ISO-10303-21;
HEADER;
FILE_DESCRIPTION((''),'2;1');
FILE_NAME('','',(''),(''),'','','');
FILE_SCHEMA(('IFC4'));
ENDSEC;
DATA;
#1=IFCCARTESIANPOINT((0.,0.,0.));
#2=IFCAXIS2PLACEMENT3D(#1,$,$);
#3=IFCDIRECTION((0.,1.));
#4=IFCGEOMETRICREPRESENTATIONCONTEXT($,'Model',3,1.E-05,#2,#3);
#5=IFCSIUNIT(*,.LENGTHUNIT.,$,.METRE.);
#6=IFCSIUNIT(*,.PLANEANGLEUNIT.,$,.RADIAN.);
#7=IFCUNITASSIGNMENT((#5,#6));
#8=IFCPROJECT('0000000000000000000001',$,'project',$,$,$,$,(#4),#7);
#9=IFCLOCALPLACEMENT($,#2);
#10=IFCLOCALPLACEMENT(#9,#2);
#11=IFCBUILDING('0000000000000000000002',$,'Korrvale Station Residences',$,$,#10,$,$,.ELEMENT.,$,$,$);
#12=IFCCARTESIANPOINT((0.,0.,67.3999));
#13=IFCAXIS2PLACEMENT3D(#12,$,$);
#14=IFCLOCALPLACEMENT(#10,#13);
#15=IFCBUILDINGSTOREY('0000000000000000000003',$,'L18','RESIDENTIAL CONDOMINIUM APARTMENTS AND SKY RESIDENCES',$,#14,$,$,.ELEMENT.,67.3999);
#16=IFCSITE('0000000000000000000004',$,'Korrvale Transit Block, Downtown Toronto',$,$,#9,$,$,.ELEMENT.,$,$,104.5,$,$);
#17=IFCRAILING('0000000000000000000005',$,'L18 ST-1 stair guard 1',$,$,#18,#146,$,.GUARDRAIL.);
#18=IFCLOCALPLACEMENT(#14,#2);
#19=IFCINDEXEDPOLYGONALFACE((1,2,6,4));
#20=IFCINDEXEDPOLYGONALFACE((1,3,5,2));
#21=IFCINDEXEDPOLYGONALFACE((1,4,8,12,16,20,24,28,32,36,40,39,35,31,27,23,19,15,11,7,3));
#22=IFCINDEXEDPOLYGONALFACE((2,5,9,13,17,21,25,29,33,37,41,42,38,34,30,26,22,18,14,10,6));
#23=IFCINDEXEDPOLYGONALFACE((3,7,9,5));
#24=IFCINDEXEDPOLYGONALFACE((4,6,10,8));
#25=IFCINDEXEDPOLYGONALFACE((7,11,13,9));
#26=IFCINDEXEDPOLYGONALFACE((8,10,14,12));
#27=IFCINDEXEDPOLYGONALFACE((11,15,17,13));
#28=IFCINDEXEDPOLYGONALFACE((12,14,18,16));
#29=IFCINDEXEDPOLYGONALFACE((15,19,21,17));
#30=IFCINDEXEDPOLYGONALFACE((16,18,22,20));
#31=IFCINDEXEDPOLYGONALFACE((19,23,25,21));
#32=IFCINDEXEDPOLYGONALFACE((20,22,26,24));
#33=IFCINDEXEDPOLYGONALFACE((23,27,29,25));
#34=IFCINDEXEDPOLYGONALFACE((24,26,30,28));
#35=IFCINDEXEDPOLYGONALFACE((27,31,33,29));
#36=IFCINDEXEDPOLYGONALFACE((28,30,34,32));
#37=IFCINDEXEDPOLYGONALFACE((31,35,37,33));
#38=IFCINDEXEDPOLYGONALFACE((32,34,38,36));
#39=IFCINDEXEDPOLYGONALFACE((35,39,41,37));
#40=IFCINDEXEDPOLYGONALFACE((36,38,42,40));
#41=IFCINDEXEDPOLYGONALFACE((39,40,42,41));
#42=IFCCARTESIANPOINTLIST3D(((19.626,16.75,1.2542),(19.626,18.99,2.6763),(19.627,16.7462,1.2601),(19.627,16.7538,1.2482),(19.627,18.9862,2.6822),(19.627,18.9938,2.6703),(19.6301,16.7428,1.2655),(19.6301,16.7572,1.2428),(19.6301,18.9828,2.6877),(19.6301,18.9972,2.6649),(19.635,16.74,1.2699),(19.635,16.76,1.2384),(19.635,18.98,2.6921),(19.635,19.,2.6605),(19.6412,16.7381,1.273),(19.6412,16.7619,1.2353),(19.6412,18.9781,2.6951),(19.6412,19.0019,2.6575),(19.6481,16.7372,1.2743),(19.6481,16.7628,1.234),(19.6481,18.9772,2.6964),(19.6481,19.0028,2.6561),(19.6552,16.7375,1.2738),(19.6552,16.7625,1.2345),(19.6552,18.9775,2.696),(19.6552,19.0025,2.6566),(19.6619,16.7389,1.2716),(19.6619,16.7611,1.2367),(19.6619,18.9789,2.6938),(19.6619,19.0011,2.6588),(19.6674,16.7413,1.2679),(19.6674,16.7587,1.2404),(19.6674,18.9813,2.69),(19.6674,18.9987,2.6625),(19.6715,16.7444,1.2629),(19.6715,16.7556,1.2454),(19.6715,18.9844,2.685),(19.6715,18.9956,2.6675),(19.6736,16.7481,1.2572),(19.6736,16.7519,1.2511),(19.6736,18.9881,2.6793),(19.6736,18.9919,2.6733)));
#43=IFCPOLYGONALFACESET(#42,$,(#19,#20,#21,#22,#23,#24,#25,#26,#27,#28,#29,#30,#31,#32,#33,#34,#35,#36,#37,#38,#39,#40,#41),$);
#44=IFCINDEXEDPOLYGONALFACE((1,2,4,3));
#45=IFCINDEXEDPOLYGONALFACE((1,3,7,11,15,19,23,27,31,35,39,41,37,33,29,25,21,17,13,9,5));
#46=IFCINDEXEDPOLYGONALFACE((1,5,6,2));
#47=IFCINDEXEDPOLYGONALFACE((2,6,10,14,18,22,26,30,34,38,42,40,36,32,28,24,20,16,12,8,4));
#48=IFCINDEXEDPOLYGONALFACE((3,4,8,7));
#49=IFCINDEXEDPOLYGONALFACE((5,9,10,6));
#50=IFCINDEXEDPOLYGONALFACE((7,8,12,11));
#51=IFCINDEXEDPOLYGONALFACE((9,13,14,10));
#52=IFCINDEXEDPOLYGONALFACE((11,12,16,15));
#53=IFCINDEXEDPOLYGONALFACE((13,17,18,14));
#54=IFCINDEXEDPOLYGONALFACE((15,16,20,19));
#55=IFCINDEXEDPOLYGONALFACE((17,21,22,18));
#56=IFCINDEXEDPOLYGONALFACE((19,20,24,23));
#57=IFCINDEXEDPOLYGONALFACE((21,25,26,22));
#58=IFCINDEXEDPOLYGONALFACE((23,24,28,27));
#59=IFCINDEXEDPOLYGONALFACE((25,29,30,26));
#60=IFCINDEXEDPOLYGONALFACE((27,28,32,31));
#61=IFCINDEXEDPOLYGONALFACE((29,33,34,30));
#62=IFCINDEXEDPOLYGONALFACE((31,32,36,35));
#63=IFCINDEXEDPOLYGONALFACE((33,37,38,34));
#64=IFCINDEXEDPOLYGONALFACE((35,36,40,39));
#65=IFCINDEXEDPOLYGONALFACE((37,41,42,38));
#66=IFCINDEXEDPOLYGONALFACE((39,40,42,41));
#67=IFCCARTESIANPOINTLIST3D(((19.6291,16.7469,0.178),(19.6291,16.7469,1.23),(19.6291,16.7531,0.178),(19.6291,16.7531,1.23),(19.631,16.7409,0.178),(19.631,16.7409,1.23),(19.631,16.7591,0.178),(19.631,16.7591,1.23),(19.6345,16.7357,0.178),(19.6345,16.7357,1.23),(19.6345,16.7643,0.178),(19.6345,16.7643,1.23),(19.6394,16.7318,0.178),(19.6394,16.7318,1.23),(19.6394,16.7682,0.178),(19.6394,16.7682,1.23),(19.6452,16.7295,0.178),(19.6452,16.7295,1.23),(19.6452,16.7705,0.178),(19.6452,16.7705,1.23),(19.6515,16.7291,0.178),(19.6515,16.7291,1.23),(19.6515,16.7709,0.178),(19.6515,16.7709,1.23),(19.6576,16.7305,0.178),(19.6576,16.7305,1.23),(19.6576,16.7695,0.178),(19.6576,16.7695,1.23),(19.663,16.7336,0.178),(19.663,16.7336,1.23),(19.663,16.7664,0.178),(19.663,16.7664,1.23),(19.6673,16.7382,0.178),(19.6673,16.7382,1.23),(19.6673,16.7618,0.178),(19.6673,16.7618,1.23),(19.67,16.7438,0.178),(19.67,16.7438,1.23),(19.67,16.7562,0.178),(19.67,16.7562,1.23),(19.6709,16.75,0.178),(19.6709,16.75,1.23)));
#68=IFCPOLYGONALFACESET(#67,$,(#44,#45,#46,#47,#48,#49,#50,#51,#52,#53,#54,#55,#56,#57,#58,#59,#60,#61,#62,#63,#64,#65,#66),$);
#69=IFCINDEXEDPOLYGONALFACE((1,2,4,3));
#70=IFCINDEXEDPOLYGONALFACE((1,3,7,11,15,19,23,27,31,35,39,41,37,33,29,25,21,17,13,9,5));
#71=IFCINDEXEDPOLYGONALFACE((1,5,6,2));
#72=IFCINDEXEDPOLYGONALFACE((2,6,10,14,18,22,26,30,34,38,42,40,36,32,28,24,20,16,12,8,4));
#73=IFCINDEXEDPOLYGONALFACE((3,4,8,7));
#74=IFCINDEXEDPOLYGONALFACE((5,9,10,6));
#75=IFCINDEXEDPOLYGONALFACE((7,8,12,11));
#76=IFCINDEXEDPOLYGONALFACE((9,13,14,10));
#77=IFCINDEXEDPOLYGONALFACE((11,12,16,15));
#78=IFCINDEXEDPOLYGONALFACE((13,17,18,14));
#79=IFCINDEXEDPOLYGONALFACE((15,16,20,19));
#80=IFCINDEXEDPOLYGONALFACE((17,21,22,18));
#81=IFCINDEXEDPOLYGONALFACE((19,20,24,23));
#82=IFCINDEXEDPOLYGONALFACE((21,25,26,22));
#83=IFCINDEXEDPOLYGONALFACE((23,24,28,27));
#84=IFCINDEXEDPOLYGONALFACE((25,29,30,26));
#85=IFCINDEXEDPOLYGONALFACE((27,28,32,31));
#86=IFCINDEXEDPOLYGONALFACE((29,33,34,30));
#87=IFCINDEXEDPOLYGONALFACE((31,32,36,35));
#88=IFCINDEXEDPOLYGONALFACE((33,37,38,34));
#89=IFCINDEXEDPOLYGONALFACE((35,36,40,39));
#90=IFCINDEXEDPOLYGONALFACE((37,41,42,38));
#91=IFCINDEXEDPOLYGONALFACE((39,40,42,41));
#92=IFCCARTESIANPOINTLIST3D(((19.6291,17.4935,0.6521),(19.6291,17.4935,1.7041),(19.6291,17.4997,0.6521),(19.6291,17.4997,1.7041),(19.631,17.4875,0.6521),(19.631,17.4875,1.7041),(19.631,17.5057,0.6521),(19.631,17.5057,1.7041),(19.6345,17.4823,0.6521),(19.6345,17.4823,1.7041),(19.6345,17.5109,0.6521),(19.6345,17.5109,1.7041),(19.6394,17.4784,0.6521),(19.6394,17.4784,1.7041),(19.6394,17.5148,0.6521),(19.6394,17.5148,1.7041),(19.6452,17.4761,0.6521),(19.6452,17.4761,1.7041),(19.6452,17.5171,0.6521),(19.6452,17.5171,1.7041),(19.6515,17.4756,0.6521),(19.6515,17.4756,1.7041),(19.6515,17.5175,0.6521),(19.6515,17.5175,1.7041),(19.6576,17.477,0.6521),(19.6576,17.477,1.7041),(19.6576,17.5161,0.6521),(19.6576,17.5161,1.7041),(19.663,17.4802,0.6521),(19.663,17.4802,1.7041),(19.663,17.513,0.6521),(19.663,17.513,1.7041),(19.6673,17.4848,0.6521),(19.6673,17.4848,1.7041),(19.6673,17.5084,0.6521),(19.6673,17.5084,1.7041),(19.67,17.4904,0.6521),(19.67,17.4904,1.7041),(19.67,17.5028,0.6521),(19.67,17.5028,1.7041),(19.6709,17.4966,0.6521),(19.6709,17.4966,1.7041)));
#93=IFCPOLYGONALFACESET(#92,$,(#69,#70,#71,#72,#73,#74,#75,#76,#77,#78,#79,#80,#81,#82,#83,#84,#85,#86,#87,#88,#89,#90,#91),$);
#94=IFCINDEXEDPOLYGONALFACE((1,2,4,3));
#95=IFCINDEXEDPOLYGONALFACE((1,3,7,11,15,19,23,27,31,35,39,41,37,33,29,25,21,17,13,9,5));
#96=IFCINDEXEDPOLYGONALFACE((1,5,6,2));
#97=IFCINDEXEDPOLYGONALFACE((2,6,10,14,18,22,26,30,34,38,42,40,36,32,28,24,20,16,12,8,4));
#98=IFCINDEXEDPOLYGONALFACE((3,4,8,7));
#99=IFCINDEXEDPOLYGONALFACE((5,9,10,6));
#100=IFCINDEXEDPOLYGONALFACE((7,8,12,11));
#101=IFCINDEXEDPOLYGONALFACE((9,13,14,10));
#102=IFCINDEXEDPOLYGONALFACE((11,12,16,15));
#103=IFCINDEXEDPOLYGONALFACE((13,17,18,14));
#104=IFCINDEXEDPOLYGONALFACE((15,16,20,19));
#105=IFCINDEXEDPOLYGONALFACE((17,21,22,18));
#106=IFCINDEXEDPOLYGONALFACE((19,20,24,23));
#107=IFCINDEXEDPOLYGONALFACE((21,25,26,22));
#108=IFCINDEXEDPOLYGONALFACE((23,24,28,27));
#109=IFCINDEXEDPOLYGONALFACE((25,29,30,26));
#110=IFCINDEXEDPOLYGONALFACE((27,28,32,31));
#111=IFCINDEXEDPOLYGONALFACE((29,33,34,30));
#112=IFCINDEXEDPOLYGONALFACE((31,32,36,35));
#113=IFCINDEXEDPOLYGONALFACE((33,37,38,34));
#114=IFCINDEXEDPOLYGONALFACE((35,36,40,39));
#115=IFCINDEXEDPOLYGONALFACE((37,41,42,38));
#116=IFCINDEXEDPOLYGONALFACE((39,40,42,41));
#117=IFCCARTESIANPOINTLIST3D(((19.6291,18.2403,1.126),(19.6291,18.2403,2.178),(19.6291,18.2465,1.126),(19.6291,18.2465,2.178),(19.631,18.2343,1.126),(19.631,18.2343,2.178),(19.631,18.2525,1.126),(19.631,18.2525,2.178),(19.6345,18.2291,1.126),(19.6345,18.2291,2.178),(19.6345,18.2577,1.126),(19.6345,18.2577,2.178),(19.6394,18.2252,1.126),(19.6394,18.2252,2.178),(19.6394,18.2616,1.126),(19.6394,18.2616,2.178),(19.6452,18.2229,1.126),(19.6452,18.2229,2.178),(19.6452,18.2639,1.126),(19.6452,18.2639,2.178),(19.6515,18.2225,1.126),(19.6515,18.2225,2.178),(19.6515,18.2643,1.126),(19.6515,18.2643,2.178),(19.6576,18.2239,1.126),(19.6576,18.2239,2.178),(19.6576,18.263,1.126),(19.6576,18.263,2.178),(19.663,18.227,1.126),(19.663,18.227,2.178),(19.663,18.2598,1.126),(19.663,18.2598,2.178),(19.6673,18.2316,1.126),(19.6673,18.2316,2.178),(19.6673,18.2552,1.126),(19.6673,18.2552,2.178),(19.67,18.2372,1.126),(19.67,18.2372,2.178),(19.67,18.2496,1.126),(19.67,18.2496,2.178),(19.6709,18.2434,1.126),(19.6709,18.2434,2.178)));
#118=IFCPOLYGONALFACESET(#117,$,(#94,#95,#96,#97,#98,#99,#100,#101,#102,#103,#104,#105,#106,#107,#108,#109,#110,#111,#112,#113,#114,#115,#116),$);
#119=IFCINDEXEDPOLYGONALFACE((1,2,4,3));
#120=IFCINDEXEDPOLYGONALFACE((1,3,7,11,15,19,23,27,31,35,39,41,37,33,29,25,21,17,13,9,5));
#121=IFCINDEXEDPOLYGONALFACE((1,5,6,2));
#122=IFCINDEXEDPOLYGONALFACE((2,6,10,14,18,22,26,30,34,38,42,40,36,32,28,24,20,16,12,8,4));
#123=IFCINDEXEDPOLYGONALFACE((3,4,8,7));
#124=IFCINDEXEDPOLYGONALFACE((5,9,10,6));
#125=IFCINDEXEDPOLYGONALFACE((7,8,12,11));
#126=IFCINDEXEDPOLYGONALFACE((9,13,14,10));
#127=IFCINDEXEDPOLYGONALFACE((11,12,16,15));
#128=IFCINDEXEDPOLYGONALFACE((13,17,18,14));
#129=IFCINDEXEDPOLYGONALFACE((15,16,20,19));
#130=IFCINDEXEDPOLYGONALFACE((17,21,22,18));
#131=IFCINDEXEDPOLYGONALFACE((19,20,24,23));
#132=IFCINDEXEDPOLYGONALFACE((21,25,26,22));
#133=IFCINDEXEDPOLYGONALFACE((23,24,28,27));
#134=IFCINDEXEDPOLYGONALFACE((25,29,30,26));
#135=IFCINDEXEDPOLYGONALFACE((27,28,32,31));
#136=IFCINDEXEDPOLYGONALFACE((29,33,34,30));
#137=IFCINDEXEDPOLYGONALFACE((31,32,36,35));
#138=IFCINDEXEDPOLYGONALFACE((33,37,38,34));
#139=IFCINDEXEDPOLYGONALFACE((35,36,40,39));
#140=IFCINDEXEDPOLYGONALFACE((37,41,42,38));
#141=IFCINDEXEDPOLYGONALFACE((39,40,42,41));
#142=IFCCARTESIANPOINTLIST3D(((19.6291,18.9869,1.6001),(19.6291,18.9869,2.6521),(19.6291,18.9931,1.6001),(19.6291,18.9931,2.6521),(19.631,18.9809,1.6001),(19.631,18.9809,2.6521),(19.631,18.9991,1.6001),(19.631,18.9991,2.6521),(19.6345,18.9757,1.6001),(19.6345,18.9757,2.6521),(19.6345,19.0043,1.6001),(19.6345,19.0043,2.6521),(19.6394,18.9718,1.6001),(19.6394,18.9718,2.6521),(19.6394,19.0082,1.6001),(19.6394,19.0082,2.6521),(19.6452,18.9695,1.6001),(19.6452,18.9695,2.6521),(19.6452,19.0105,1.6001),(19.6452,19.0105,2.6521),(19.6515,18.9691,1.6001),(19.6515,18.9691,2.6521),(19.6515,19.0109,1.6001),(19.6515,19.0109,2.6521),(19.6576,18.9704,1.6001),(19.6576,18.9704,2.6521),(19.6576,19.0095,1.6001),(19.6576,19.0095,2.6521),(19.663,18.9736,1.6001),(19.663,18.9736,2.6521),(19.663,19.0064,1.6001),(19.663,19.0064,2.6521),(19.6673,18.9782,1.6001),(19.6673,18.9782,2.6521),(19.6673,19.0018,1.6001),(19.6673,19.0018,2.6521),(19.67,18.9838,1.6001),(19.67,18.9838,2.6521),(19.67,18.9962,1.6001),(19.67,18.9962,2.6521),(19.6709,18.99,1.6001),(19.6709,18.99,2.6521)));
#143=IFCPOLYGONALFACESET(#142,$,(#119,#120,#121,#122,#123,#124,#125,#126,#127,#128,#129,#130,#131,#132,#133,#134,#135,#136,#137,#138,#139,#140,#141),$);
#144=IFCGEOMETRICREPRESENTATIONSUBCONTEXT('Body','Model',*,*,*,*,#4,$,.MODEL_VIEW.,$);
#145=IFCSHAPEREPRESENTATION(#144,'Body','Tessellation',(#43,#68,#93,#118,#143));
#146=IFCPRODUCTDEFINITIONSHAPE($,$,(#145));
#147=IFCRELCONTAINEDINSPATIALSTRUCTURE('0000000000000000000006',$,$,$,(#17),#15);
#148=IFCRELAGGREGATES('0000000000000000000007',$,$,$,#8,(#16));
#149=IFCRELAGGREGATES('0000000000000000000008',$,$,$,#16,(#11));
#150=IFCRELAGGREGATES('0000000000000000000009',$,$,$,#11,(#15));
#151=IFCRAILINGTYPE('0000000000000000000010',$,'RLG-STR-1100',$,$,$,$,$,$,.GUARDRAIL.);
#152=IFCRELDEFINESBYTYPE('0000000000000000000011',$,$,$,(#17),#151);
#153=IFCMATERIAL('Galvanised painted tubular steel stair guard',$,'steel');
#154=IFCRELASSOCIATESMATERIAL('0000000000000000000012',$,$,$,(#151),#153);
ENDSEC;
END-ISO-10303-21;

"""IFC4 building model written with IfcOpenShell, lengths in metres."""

from ifc_helpers import new_model, si_unit, direction, frame, origin, origin_2d, place, context, subcontext, project, spatial, circle, extrude, material, type_object, element, save


model = new_model("IFC4")

# Units and contexts
model_context = context("Model", 3, precision=1e-05, world=origin(), true_north=direction((0.0, 1.0)))
body_context = subcontext(model_context, "Body", "Model", "MODEL_VIEW")
ifc_project = project(units=[si_unit("LENGTHUNIT", "METRE"), si_unit("PLANEANGLEUNIT", "RADIAN")], contexts=[model_context])

# Site, building, storey
site_placement = place(None, origin())
site = spatial("IfcSite", under=ifc_project, at=site_placement, Name="Korrvale Transit Block, Downtown Toronto", CompositionType="ELEMENT", RefElevation=104.5)
building_placement = place(site_placement, origin())
building = spatial("IfcBuilding", under=site, at=building_placement, Name="Korrvale Station Residences", CompositionType="ELEMENT")
storey_placement = place(building_placement, frame((0.0, 0.0, 67.3999)))
storey = spatial("IfcBuildingStorey", under=building, at=storey_placement, Name="L18", Description="RESIDENTIAL CONDOMINIUM APARTMENTS AND SKY RESIDENCES", CompositionType="ELEMENT", Elevation=67.3999)

# Railing
ifc_material_1 = material(Name="Galvanised painted tubular steel stair guard", Category="steel")
railing_type_1 = type_object("IfcRailingType", Name="RLG-STR-1100", PredefinedType="GUARDRAIL", material=ifc_material_1)
railing_1_placement = place(storey_placement, frame((19.6499, 16.75, 0.178)))
element("IfcRailing", 1, at=railing_1_placement, inside=storey, type_object=railing_type_1, Name="L18 ST-1 stair guard 1", PredefinedType="GUARDRAIL", context=body_context, shape_type="SweptSolid", body=[
    extrude(circle(Radius=0.0239, at=origin_2d()), frame((0.0, 0.0, 1.0762), z_axis=(0.0, 0.844229, 0.535982), x_axis=(-1.0, 0.0, 0.0)), (0.0, 0.0, 1.0), 2.6533),
    extrude(circle(Radius=0.021, at=origin_2d()), origin(), (0.0, 0.0, 1.0), 1.052),
    extrude(circle(Radius=0.021, at=origin_2d()), frame((0.0, 0.7466, 0.4741)), (0.0, 0.0, 1.0), 1.052),
    extrude(circle(Radius=0.021, at=origin_2d()), frame((0.0, 1.4934, 0.948)), (0.0, 0.0, 1.0), 1.052),
    extrude(circle(Radius=0.021, at=origin_2d()), frame((0.0, 2.24, 1.4221)), (0.0, 0.0, 1.0), 1.052),
])

save(model, "model.ifc")
